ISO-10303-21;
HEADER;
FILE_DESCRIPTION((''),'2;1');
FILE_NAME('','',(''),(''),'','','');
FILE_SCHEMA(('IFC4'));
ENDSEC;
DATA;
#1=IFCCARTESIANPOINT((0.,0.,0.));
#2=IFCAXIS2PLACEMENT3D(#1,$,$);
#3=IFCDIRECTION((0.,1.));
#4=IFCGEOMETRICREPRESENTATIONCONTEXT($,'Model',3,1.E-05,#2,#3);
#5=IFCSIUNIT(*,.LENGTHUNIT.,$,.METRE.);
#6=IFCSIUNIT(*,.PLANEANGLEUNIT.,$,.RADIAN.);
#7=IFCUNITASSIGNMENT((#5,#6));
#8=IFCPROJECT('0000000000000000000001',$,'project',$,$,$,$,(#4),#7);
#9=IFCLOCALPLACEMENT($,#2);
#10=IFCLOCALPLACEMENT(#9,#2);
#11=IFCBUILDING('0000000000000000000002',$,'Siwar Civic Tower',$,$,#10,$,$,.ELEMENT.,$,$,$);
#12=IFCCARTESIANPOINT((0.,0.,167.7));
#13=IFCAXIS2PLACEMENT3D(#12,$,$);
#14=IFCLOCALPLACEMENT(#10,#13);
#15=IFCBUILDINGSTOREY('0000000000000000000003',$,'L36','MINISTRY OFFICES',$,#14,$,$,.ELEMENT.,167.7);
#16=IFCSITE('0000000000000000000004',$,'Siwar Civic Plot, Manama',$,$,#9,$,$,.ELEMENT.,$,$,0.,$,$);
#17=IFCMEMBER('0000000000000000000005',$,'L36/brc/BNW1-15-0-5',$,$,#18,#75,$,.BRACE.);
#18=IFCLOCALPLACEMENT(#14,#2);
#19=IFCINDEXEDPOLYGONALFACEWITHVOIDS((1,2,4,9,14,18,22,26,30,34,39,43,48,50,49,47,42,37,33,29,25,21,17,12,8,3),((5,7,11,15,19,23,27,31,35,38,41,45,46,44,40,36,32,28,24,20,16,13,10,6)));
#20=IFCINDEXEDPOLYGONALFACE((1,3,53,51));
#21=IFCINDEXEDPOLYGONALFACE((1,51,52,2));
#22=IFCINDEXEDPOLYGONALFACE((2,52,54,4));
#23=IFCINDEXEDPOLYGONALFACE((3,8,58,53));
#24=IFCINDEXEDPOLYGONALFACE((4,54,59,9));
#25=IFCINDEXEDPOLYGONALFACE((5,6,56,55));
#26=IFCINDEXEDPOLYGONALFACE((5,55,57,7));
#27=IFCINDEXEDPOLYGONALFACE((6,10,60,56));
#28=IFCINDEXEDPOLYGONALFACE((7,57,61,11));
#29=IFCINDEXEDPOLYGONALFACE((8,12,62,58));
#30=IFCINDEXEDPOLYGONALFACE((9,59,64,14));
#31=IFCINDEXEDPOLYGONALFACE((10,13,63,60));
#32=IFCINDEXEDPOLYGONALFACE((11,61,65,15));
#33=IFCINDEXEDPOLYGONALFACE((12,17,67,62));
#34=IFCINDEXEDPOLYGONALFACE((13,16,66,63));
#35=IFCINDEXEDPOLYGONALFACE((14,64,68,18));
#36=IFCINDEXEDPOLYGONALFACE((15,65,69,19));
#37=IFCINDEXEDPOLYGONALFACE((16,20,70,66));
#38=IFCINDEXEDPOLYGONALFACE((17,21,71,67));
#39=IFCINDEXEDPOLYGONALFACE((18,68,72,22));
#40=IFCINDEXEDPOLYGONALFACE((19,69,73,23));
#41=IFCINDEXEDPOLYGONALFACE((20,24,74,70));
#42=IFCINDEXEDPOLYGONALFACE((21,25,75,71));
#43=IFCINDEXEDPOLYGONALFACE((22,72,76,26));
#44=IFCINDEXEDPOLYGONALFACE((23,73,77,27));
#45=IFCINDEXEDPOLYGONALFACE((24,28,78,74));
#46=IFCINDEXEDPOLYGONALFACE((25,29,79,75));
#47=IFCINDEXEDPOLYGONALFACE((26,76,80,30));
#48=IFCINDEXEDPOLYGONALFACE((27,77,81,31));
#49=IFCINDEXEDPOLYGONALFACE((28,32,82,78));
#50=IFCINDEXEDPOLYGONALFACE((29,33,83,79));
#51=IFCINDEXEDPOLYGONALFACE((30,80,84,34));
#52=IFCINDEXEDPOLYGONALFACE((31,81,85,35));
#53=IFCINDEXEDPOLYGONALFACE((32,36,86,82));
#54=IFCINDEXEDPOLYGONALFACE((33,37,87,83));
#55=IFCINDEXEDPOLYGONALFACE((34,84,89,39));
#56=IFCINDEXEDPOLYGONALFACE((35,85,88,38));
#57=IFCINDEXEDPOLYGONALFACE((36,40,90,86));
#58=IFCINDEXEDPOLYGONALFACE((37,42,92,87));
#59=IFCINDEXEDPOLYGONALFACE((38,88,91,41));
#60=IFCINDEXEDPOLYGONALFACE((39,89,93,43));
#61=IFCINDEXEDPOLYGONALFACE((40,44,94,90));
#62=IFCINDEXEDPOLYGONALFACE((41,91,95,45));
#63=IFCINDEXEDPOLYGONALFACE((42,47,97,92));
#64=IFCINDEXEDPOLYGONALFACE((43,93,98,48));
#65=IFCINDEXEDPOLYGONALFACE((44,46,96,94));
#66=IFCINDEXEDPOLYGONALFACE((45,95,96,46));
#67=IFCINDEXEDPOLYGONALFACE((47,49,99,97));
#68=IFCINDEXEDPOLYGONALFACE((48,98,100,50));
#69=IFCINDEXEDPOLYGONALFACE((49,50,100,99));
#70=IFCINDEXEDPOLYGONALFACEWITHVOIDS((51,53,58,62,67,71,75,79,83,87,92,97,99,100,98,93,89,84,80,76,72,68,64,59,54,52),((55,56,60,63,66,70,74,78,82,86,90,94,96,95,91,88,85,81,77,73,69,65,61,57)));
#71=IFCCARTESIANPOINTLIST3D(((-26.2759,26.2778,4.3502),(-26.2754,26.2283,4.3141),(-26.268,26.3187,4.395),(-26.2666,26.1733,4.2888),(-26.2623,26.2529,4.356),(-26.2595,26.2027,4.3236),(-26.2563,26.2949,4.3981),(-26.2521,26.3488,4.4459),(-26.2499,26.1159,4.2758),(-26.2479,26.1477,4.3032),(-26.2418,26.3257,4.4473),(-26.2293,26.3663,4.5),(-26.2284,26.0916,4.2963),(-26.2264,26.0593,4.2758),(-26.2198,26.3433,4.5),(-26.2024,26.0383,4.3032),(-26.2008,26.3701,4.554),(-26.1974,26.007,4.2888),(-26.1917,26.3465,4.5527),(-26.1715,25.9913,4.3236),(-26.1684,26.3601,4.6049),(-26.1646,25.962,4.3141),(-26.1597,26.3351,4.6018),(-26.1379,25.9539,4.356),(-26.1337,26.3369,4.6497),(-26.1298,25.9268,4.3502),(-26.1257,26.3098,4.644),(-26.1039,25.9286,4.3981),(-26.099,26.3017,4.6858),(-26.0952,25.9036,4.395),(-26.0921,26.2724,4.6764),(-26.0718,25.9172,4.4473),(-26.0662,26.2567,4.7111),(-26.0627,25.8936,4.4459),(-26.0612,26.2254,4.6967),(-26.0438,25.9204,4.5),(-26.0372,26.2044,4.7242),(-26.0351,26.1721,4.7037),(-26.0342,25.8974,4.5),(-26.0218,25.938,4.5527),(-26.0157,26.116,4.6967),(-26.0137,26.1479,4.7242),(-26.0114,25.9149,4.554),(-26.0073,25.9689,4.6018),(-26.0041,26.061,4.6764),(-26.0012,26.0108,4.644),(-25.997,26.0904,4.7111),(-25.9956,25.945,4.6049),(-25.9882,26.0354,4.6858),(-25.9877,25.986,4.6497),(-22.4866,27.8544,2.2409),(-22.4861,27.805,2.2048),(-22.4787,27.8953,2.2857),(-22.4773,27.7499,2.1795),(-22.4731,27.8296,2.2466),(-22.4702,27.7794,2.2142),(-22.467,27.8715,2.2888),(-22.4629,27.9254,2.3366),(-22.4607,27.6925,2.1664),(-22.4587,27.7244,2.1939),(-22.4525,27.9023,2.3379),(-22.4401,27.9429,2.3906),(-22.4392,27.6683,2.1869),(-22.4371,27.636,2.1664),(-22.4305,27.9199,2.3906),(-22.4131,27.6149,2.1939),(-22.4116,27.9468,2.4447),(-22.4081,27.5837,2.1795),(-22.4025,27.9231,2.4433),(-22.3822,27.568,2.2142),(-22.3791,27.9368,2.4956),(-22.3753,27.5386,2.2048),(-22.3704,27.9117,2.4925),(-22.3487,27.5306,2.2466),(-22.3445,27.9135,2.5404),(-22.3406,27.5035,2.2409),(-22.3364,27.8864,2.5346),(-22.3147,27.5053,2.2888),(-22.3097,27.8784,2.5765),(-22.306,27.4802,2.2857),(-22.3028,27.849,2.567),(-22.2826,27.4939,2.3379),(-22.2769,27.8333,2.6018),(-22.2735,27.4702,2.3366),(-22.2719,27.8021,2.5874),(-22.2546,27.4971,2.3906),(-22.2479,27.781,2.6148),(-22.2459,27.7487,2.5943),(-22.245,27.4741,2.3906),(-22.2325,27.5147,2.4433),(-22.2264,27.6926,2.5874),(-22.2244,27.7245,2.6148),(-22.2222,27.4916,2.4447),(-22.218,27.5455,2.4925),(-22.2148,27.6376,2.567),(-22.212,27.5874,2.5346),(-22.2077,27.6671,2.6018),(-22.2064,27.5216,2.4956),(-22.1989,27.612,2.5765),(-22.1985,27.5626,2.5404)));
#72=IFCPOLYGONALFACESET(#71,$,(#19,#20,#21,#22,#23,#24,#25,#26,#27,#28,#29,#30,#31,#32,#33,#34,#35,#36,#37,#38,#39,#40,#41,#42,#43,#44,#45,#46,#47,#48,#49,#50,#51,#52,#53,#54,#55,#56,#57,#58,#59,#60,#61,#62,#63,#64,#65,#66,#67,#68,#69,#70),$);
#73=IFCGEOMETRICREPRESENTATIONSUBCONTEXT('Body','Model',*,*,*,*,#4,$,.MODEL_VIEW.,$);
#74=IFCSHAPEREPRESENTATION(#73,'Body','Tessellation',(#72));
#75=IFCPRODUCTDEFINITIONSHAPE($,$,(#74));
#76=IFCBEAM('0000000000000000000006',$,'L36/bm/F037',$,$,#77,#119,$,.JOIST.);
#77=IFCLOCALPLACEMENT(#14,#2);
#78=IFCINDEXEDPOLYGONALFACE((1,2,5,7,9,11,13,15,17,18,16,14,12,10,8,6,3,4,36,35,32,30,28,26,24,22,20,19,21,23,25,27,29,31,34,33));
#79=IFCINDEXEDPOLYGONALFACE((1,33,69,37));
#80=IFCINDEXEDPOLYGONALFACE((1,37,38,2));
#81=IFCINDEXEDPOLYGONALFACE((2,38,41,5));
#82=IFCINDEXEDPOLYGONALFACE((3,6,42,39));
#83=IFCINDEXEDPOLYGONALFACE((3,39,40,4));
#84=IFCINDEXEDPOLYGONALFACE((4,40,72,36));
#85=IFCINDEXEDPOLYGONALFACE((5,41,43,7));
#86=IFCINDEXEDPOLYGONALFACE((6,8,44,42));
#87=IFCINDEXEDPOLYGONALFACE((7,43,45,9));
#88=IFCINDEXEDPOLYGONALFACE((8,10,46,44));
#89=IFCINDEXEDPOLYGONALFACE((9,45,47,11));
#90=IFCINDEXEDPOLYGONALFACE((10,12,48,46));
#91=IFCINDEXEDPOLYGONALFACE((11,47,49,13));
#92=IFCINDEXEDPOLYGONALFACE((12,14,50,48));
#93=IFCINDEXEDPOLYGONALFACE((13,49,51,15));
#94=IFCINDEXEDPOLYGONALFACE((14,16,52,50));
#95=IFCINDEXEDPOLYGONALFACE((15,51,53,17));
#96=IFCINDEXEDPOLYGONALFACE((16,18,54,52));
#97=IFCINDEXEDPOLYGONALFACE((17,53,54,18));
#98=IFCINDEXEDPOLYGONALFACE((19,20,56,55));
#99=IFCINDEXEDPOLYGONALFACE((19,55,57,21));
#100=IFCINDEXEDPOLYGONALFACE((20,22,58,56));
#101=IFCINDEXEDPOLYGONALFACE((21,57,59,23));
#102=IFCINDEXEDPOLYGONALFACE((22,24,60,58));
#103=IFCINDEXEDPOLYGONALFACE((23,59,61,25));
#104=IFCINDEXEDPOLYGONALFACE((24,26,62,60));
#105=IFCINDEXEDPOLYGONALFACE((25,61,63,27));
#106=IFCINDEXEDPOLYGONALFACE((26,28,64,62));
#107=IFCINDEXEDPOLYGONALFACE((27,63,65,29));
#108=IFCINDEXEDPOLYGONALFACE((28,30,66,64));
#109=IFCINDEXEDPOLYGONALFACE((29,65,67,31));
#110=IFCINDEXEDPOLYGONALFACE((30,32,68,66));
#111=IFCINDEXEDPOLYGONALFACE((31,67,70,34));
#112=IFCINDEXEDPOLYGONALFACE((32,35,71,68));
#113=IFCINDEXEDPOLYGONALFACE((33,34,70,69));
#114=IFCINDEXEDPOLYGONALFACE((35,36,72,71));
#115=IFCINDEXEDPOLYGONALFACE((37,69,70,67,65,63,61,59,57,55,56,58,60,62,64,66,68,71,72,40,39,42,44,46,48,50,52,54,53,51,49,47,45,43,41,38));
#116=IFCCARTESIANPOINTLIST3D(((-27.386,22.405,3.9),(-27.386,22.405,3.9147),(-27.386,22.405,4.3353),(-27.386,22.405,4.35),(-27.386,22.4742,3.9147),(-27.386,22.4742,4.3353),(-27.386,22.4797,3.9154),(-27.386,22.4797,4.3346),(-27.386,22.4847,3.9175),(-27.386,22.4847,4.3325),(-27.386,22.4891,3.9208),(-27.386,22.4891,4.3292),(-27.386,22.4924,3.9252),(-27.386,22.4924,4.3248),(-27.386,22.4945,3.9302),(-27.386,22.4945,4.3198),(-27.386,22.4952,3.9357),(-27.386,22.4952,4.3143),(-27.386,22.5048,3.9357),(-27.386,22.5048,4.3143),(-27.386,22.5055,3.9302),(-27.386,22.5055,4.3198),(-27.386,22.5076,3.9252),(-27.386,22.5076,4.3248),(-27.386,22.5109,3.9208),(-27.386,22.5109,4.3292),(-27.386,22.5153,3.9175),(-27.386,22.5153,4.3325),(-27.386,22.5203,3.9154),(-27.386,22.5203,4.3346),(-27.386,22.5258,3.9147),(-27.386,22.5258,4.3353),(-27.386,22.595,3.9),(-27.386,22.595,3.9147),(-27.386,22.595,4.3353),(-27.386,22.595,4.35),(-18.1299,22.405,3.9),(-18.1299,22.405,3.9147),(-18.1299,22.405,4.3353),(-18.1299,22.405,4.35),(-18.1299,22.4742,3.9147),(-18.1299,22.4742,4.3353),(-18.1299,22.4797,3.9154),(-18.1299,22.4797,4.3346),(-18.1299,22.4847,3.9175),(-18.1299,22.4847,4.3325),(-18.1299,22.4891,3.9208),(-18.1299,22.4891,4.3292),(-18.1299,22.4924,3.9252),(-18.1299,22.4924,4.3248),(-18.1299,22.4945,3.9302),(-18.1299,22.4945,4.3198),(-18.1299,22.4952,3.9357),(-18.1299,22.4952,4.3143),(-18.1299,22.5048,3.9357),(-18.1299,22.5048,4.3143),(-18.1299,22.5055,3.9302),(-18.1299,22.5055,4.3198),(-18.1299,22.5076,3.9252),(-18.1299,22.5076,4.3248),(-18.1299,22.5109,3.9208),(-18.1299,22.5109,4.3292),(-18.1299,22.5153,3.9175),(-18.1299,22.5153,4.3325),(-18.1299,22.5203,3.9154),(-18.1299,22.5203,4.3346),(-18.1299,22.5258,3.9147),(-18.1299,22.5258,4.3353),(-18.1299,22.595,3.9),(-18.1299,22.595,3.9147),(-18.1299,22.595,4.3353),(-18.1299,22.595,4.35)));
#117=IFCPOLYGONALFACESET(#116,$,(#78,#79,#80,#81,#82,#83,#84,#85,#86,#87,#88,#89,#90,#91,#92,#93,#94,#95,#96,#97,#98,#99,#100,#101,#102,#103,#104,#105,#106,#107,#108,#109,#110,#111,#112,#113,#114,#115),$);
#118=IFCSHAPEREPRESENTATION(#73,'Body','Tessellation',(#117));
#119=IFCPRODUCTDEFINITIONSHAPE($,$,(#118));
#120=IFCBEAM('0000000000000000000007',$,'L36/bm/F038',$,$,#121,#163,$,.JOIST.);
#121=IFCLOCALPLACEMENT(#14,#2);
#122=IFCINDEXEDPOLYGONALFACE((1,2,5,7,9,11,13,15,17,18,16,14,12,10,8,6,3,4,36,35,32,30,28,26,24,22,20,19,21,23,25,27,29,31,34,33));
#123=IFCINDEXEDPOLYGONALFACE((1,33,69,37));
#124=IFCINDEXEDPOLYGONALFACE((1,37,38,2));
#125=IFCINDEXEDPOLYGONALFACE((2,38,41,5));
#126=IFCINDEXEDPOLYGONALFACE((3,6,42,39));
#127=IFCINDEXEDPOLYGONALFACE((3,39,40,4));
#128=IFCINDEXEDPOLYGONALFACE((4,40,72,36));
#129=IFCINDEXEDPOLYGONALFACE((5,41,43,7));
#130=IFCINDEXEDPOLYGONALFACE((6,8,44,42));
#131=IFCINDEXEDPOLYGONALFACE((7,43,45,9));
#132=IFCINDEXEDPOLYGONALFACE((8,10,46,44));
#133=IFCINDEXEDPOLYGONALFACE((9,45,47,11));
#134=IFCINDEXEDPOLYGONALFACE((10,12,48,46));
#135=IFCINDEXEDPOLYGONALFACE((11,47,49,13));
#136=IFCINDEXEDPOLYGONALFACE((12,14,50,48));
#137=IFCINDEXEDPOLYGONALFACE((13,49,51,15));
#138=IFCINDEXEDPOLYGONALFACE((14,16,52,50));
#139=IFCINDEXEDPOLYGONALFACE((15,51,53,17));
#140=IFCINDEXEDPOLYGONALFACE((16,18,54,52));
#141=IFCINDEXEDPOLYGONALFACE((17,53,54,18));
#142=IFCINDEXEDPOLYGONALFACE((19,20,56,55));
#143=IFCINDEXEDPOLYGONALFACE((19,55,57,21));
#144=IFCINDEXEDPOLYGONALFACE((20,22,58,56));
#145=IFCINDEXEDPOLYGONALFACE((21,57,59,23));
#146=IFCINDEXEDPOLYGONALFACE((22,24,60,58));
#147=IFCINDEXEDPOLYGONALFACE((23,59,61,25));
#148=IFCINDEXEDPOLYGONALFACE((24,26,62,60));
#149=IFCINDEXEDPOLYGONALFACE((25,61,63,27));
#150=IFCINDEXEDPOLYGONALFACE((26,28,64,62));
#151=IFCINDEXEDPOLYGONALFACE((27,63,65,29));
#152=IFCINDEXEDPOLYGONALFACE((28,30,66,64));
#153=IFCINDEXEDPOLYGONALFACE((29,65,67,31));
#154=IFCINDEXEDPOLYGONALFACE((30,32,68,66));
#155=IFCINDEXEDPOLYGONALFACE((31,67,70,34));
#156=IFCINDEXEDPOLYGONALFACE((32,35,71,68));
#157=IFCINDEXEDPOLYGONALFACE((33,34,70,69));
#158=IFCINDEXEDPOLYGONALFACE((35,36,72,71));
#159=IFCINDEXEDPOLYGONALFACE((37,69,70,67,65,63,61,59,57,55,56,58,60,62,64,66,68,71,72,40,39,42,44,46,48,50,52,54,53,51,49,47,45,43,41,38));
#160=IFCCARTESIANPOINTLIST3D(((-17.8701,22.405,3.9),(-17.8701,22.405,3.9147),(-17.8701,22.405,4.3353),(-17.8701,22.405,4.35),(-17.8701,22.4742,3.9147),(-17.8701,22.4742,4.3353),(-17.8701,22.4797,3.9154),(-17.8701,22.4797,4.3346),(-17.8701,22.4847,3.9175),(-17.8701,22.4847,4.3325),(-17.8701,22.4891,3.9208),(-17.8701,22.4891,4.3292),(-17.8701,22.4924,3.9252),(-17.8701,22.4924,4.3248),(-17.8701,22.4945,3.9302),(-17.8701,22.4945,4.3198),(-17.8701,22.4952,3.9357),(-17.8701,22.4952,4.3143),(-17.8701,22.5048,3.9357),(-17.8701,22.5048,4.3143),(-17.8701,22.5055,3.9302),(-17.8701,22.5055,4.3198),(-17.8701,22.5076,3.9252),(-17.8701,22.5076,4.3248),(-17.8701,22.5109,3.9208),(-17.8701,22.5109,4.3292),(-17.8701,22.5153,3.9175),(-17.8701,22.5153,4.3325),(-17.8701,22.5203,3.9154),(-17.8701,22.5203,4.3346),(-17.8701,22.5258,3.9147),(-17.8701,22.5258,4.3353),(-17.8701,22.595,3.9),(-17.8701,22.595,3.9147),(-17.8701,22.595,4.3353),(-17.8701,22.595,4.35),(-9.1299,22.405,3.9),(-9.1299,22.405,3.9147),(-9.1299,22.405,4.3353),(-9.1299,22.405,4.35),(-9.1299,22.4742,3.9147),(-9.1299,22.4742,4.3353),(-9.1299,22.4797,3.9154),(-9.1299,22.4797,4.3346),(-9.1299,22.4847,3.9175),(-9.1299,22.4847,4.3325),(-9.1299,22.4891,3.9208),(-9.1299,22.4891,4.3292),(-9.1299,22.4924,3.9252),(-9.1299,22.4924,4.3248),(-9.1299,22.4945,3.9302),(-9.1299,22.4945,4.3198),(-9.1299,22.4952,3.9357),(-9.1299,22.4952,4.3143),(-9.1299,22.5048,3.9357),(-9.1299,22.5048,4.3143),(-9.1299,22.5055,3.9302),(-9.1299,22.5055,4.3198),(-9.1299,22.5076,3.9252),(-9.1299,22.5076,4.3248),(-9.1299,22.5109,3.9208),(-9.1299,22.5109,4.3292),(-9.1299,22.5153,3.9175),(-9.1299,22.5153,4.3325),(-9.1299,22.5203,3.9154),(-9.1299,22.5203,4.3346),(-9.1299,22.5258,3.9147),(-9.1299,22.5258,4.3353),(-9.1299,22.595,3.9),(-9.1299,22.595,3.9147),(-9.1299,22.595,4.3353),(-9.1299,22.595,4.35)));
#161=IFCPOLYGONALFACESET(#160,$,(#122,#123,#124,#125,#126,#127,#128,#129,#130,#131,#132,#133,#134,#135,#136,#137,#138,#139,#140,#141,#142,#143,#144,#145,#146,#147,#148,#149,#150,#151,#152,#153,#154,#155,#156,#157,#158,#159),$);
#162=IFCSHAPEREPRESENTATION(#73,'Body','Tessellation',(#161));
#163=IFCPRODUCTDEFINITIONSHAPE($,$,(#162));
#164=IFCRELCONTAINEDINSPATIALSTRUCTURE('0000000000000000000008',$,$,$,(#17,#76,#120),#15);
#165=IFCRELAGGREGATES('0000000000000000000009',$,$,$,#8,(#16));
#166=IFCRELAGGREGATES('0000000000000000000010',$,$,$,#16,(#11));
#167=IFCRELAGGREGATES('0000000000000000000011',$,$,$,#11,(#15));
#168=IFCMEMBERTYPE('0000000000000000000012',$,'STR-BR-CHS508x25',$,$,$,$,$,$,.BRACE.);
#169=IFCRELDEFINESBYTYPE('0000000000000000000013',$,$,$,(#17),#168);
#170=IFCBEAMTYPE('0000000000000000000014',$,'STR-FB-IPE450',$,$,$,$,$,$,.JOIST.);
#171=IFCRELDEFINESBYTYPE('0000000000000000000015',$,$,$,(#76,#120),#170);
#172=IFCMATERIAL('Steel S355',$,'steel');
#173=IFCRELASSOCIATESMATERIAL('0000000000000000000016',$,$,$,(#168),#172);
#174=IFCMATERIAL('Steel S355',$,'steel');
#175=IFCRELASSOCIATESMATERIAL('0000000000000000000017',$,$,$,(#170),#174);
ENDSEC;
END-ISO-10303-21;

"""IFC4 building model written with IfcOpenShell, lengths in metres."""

from ifc_helpers import new_model, si_unit, direction, frame, origin, origin_2d, place, context, subcontext, project, spatial, hollow_circle, i_section, extrude, material, material_profile, profile_set, type_object, element, save


model = new_model("IFC4")

# Units and contexts
model_context = context("Model", 3, precision=1e-05, world=origin(), true_north=direction((0.0, 1.0)))
body_context = subcontext(model_context, "Body", "Model", "MODEL_VIEW")
ifc_project = project(units=[si_unit("LENGTHUNIT", "METRE"), si_unit("PLANEANGLEUNIT", "RADIAN")], contexts=[model_context])

# Site, building, storey
site_placement = place(None, origin())
site = spatial("IfcSite", under=ifc_project, at=site_placement, Name="Siwar Civic Plot, Manama", CompositionType="ELEMENT", RefElevation=0.0)
building_placement = place(site_placement, origin())
building = spatial("IfcBuilding", under=site, at=building_placement, Name="Siwar Civic Tower", CompositionType="ELEMENT")
storey_placement = place(building_placement, frame((0.0, 0.0, 167.7)))
storey = spatial("IfcBuildingStorey", under=building, at=storey_placement, Name="L36", Description="MINISTRY OFFICES", CompositionType="ELEMENT", Elevation=167.7)

# Member
ifc_material_1 = material(Name="Steel S355", Category="steel")
ifc_material_profile_1 = material_profile(ifc_material_1, hollow_circle(Radius=0.2539, WallThickness=0.0249, at=origin_2d()), Name="CHS508x25")
ifc_profile_set_1 = profile_set([ifc_material_profile_1], Name="Steel S355")
member_type_1 = type_object("IfcMemberType", Name="STR-BR-CHS508x25", PredefinedType="BRACE", material=ifc_profile_set_1)
for number, where, z_axis, x_axis, name in (
    (1, (-22.3425, 27.7085, 2.3906), (-0.821163, -0.341671, 0.457113), (0.384155, -0.923269, 0.0), "L36/brc/BNW1-15-0-5"),
):
    element("IfcMember", number, at=place(storey_placement, frame(where, z_axis=z_axis, x_axis=x_axis)), inside=storey, type_object=member_type_1, Name=name, PredefinedType="BRACE", context=body_context, shape_type="SweptSolid", body=[
        extrude(hollow_circle(Radius=0.2539, WallThickness=0.0249, at=origin_2d()), origin(), (0.0, 0.0, 1.0), 4.6145),
    ])

# Beams
ifc_material_2 = material(Name="Steel S355", Category="steel")
ifc_material_profile_2 = material_profile(ifc_material_2, i_section(OverallWidth=0.1899, OverallDepth=0.45, WebThickness=0.0095, FlangeThickness=0.0146, FilletRadius=0.021, at=origin_2d()), Name="IPE450")
ifc_profile_set_2 = profile_set([ifc_material_profile_2], Name="Steel S355")
beam_type_1 = type_object("IfcBeamType", Name="STR-FB-IPE450", PredefinedType="JOIST", material=ifc_profile_set_2)
beam_1_placement = place(storey_placement, frame((-27.386, 22.5, 4.125), z_axis=(1.0, 0.0, 0.0), x_axis=(0.0, 1.0, 0.0)))
element("IfcBeam", 2, at=beam_1_placement, inside=storey, type_object=beam_type_1, Name="L36/bm/F037", PredefinedType="JOIST", context=body_context, shape_type="SweptSolid", body=[
    extrude(i_section(OverallWidth=0.1899, OverallDepth=0.45, WebThickness=0.0095, FlangeThickness=0.0146, FilletRadius=0.021, at=origin_2d()), origin(), (0.0, 0.0, 1.0), 9.2561),
])
beam_2_placement = place(storey_placement, frame((-17.8701, 22.5, 4.125), z_axis=(1.0, 0.0, 0.0), x_axis=(0.0, 1.0, 0.0)))
element("IfcBeam", 3, at=beam_2_placement, inside=storey, type_object=beam_type_1, Name="L36/bm/F038", PredefinedType="JOIST", context=body_context, shape_type="SweptSolid", body=[
    extrude(i_section(OverallWidth=0.1899, OverallDepth=0.45, WebThickness=0.0095, FlangeThickness=0.0146, FilletRadius=0.021, at=origin_2d()), origin(), (0.0, 0.0, 1.0), 8.7402),
])

save(model, "model.ifc")
